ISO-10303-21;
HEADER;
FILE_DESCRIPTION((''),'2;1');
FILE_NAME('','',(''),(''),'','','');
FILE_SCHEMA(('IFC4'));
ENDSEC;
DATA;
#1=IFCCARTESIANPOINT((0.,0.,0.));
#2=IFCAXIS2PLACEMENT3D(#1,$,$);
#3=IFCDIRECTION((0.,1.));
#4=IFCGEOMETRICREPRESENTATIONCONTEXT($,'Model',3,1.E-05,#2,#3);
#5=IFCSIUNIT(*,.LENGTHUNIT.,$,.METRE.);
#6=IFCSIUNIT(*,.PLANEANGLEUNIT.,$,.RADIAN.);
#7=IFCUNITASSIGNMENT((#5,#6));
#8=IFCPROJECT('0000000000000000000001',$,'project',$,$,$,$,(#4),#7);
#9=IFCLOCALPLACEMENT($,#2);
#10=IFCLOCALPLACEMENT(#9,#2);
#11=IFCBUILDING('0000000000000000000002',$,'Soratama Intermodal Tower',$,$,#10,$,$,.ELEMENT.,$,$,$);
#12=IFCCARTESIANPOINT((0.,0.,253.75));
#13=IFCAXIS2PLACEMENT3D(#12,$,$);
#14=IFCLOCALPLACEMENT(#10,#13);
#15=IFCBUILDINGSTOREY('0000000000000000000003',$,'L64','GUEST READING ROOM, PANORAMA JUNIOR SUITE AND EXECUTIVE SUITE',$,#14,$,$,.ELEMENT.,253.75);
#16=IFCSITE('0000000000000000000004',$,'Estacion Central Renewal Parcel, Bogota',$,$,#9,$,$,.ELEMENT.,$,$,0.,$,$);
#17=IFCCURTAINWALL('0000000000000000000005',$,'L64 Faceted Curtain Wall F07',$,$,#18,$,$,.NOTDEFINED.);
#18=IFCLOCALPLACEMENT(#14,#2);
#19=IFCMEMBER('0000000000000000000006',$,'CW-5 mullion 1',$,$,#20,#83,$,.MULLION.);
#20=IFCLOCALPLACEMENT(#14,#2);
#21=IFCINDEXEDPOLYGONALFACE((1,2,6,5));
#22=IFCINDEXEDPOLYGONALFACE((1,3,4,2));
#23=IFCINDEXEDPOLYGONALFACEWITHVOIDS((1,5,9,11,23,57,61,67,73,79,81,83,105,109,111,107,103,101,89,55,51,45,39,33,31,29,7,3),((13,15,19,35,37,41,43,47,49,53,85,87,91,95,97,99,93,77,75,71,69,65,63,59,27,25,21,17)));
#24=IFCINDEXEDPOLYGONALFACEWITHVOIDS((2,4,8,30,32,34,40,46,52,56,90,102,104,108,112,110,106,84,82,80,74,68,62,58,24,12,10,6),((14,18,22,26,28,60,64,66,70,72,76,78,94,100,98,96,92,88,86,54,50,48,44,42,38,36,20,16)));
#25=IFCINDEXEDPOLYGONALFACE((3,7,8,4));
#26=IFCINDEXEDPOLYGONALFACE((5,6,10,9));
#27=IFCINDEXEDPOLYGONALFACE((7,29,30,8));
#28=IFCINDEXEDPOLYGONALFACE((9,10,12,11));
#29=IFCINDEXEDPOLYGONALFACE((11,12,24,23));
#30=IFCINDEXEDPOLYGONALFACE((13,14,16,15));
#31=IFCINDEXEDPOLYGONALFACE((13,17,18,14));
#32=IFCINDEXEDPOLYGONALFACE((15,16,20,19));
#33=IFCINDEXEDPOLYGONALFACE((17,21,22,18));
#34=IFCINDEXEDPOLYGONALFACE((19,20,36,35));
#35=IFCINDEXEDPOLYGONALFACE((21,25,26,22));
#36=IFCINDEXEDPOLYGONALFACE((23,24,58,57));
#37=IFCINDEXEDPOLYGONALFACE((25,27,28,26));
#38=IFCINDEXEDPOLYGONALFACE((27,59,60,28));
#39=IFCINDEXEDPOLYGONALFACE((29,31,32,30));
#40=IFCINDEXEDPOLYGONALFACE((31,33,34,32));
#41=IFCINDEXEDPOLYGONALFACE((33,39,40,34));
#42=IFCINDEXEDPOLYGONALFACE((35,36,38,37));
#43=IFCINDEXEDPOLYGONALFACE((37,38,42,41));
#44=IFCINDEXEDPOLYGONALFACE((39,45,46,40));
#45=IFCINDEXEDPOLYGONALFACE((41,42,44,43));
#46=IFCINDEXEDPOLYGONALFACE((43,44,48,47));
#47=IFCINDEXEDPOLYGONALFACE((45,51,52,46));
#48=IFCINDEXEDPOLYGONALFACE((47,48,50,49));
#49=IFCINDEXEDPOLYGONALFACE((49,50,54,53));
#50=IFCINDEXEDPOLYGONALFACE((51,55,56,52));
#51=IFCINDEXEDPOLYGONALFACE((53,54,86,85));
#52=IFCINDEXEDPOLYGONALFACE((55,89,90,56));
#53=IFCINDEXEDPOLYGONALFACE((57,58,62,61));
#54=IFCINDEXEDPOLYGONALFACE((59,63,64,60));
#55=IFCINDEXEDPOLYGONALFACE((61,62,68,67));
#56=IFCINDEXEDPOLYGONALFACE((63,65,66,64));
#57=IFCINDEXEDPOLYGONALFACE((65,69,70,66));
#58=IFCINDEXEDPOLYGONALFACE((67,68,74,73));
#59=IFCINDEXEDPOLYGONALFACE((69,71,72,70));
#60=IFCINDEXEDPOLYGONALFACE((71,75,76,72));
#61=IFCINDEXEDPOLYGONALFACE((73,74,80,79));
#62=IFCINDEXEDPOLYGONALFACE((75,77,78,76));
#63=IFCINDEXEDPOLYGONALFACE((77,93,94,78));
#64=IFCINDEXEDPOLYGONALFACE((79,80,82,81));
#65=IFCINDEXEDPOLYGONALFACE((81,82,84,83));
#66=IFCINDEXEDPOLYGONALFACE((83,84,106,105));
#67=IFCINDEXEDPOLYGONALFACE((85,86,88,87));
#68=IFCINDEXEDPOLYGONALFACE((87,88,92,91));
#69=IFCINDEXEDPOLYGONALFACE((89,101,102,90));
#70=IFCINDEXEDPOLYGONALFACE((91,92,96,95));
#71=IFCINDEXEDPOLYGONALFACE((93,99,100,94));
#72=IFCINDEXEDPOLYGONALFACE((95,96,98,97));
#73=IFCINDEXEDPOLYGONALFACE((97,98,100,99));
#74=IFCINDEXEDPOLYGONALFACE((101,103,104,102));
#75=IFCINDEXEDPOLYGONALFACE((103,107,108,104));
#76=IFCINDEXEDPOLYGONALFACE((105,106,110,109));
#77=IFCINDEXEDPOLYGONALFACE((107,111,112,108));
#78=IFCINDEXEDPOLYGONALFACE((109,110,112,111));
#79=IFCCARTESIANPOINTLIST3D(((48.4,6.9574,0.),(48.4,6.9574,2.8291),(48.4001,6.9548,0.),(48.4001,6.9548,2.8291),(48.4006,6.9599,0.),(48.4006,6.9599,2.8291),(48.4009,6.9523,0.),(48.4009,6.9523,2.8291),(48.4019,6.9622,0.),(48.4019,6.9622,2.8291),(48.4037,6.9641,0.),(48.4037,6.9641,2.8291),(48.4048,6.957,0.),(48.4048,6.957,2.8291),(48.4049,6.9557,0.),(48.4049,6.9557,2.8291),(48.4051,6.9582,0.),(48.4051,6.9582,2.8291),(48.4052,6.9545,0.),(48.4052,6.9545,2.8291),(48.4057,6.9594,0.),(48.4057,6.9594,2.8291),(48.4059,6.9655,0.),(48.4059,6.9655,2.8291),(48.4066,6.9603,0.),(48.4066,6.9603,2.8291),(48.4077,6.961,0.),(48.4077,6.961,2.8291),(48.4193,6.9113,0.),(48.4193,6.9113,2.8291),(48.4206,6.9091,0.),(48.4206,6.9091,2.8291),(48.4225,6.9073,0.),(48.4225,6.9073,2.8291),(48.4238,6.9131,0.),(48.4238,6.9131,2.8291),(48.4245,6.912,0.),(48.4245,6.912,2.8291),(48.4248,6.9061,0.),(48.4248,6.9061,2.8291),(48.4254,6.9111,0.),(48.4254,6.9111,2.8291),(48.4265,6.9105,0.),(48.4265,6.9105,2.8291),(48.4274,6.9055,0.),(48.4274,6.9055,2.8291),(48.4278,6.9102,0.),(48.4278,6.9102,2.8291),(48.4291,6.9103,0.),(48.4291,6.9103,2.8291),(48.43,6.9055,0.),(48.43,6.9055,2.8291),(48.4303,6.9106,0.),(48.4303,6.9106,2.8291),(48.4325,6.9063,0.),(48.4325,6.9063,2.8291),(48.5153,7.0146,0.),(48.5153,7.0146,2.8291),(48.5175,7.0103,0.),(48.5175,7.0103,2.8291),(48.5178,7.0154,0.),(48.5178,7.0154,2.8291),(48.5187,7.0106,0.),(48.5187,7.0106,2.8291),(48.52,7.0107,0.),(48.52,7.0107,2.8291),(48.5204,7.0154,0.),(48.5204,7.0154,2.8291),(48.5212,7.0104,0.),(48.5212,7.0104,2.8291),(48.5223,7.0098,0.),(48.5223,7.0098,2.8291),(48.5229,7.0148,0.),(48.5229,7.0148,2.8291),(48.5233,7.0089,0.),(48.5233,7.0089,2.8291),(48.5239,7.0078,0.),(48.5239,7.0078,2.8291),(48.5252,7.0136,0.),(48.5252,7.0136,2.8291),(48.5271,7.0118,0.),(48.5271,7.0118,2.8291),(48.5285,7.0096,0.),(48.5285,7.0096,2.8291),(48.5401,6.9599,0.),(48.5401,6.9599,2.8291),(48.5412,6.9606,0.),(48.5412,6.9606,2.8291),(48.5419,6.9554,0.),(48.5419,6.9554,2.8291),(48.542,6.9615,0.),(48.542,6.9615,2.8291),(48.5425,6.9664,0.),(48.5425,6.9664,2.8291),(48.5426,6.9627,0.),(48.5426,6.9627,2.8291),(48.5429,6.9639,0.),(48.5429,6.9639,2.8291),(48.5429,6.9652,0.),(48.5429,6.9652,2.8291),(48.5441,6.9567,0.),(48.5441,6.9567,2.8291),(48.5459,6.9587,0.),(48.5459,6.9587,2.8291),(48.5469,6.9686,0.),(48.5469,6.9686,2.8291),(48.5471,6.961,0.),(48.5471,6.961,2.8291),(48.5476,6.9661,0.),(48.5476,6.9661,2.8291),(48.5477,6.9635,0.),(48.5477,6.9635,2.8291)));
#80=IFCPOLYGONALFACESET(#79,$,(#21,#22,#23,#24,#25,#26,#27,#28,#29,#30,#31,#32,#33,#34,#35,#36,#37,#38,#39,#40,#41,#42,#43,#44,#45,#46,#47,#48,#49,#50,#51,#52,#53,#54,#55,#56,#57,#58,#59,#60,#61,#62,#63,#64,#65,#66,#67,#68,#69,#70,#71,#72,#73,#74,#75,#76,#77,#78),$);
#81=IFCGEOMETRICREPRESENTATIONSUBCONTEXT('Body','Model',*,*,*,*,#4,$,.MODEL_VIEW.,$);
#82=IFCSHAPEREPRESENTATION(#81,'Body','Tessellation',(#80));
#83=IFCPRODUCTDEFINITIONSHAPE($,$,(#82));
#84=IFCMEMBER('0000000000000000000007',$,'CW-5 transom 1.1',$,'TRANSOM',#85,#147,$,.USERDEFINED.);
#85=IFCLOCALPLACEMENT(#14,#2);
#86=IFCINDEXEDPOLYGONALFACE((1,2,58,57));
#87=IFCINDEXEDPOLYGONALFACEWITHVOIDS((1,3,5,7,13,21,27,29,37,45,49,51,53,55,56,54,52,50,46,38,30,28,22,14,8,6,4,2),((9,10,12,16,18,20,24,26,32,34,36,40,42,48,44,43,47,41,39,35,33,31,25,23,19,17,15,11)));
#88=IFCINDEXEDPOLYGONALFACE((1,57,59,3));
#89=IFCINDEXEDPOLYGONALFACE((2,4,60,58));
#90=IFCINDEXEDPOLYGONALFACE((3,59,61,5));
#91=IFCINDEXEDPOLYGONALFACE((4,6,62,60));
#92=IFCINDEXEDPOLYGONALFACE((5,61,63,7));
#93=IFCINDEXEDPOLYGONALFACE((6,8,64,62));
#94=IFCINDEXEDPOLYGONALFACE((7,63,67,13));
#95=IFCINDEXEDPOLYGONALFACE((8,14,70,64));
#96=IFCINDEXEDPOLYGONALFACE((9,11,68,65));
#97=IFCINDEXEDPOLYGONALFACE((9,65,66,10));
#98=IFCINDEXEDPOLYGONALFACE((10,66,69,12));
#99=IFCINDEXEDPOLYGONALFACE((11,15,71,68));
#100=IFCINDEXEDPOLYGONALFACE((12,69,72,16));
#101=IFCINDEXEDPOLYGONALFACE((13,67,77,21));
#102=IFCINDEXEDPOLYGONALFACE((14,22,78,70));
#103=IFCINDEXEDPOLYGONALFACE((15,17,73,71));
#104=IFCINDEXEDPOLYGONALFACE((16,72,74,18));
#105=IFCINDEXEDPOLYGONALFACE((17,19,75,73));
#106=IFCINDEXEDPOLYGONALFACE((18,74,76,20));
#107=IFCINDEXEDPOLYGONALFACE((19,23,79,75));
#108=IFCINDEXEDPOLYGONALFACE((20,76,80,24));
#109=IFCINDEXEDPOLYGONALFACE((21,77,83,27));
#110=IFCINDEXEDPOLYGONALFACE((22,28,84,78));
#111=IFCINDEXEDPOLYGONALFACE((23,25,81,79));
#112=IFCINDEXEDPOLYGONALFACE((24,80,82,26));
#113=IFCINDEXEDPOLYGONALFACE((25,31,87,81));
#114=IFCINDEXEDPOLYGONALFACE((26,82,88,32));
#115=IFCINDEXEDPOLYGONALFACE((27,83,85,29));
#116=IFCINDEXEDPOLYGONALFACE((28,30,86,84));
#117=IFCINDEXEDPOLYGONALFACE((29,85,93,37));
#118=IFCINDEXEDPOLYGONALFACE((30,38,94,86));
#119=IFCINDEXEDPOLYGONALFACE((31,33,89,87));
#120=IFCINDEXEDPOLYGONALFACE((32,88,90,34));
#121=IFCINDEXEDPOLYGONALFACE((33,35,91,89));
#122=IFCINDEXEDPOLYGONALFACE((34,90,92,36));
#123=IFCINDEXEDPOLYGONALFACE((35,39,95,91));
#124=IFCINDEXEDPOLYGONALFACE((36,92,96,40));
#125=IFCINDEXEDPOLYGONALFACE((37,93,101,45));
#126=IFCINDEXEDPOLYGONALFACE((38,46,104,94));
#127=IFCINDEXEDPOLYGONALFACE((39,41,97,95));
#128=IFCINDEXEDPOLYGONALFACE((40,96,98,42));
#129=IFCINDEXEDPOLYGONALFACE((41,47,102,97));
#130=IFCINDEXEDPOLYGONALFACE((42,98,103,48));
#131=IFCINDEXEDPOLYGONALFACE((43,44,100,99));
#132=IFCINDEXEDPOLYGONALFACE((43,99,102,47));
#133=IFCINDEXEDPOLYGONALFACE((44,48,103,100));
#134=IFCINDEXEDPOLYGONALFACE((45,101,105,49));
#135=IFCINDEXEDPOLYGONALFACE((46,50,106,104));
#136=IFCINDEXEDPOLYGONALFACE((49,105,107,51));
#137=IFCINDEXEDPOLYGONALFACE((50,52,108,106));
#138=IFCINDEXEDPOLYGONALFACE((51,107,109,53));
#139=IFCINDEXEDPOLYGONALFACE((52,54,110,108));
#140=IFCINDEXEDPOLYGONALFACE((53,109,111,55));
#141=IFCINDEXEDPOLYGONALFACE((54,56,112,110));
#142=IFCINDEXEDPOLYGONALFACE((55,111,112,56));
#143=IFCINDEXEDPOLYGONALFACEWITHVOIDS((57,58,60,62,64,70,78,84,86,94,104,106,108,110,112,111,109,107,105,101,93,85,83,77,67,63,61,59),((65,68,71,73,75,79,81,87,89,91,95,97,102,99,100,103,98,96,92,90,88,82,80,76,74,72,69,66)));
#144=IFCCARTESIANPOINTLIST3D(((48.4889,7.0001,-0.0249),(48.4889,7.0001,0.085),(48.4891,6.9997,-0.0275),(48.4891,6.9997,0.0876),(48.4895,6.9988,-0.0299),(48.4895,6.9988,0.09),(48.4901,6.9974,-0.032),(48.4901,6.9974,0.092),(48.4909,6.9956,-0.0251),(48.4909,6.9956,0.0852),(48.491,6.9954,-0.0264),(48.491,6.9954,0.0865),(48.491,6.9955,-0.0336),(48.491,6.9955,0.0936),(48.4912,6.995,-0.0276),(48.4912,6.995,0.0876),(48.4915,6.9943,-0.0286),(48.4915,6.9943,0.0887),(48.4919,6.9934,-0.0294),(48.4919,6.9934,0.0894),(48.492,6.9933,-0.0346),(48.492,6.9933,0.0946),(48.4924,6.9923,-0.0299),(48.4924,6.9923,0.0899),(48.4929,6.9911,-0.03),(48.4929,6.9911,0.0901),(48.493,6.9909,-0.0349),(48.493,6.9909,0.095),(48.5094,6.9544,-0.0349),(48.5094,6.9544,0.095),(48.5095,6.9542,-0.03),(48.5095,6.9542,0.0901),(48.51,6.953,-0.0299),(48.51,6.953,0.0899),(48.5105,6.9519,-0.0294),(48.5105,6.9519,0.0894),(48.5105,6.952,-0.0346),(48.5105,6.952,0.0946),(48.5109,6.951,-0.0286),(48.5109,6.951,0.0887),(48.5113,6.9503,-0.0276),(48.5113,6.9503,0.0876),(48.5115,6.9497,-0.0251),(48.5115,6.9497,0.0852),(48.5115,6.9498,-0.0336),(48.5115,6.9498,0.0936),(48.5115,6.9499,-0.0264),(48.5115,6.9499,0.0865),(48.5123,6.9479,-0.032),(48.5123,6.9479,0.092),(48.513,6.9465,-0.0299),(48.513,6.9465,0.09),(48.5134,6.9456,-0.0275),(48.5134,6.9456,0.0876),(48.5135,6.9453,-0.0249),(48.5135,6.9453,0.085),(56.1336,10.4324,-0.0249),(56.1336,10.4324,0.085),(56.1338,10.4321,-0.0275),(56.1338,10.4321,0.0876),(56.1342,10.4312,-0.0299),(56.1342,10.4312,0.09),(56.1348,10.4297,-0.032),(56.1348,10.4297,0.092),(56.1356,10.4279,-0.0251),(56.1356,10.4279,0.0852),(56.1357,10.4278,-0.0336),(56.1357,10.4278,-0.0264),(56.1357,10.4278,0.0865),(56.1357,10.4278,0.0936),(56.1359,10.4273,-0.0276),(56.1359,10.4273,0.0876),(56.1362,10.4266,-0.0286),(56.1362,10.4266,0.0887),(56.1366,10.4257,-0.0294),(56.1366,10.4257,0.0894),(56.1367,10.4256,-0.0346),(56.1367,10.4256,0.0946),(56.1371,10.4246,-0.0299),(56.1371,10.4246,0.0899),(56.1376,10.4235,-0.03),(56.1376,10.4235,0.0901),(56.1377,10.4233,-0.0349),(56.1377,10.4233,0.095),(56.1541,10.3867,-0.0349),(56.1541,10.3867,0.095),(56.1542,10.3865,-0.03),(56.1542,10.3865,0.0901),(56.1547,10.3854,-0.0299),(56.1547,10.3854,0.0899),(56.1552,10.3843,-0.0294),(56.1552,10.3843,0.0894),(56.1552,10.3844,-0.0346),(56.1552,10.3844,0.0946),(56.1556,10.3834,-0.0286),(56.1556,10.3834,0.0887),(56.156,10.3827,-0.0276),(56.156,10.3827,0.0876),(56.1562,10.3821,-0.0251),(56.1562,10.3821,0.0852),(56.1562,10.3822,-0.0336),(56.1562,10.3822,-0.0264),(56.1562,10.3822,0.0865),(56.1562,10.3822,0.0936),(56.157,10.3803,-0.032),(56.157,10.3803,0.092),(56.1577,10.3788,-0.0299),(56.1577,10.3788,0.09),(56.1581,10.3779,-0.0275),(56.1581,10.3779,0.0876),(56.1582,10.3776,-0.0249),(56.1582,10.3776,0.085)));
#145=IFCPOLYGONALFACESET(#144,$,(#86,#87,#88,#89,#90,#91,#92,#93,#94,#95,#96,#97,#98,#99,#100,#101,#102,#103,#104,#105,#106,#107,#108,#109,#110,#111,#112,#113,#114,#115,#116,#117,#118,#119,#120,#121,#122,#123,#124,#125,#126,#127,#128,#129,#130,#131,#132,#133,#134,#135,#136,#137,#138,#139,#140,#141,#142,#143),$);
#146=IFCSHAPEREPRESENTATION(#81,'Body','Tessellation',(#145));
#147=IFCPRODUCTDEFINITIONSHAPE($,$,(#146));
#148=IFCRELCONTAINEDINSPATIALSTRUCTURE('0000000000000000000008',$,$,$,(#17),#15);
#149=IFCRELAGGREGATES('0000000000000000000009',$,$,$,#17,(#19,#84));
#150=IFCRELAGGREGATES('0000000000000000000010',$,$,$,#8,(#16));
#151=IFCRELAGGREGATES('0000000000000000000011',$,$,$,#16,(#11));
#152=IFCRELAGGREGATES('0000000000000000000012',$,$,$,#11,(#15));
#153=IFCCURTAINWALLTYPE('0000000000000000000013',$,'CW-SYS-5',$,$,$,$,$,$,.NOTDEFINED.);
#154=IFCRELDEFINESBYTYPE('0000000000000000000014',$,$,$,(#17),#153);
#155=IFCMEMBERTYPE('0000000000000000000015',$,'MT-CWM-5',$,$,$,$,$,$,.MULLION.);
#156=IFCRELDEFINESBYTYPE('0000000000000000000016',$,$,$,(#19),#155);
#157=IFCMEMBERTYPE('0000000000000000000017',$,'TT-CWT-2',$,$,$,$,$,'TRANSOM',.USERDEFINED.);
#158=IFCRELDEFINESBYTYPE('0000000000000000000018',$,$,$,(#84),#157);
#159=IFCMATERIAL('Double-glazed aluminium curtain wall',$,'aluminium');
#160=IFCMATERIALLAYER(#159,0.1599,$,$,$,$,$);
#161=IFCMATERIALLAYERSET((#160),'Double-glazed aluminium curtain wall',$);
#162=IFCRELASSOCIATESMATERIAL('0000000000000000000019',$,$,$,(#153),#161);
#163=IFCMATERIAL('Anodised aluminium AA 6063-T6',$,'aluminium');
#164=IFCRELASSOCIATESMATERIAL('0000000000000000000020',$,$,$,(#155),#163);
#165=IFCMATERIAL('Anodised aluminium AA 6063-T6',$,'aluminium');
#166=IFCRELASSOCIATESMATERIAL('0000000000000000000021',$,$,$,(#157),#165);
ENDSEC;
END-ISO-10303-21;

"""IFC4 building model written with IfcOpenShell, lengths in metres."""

from ifc_helpers import new_model, si_unit, direction, frame, origin, origin_2d, place, context, subcontext, project, spatial, hollow_rectangle, extrude, material, layer, layer_set, material_profile, profile_set, type_object, element, aggregate, save


model = new_model("IFC4")

# Units and contexts
model_context = context("Model", 3, precision=1e-05, world=origin(), true_north=direction((0.0, 1.0)))
body_context = subcontext(model_context, "Body", "Model", "MODEL_VIEW")
ifc_project = project(units=[si_unit("LENGTHUNIT", "METRE"), si_unit("PLANEANGLEUNIT", "RADIAN")], contexts=[model_context])

# Site, building, storey
site_placement = place(None, origin())
site = spatial("IfcSite", under=ifc_project, at=site_placement, Name="Estacion Central Renewal Parcel, Bogota", CompositionType="ELEMENT", RefElevation=0.0)
building_placement = place(site_placement, origin())
building = spatial("IfcBuilding", under=site, at=building_placement, Name="Soratama Intermodal Tower", CompositionType="ELEMENT")
storey_placement = place(building_placement, frame((0.0, 0.0, 253.75)))
storey = spatial("IfcBuildingStorey", under=building, at=storey_placement, Name="L64", Description="GUEST READING ROOM, PANORAMA JUNIOR SUITE AND EXECUTIVE SUITE", CompositionType="ELEMENT", Elevation=253.75)

# Curtain wall, members
ifc_material_1 = material(Name="Double-glazed aluminium curtain wall", Category="aluminium")
ifc_layer_1 = layer(ifc_material_1, 0.1599)
ifc_layer_set_1 = layer_set([ifc_layer_1], Name="Double-glazed aluminium curtain wall")
curtain_wall_type = type_object("IfcCurtainWallType", Name="CW-SYS-5", PredefinedType="NOTDEFINED", material=ifc_layer_set_1)
curtain_wall_placement = place(storey_placement, origin())
curtain_wall = element("IfcCurtainWall", 1, at=curtain_wall_placement, inside=storey, type_object=curtain_wall_type, Name="L64 Faceted Curtain Wall F07", PredefinedType="NOTDEFINED")
ifc_material_2 = material(Name="Anodised aluminium AA 6063-T6", Category="aluminium")
ifc_material_profile_1 = material_profile(ifc_material_2, hollow_rectangle(XDim=0.0649, YDim=0.1399, WallThickness=0.0049, InnerFilletRadius=0.0049, OuterFilletRadius=0.01, at=origin_2d()), Name="CWM140X65X5")
ifc_profile_set_1 = profile_set([ifc_material_profile_1], Name="Anodised aluminium AA 6063-T6")
member_type_1 = type_object("IfcMemberType", Name="MT-CWM-5", PredefinedType="MULLION", material=ifc_profile_set_1)
member_1_placement = place(storey_placement, frame((48.4739, 6.9604, 0.0), z_axis=(0.0, 0.0, 1.0), x_axis=(-0.409597, 0.912267, 0.0)))
member_1 = element("IfcMember", 2, at=member_1_placement, type_object=member_type_1, Name="CW-5 mullion 1", PredefinedType="MULLION", context=body_context, shape_type="SweptSolid", body=[
    extrude(hollow_rectangle(XDim=0.0649, YDim=0.1399, WallThickness=0.0049, InnerFilletRadius=0.0049, OuterFilletRadius=0.01, at=origin_2d()), origin(), (0.0, 0.0, 1.0), 2.8291),
])
ifc_material_3 = material(Name="Anodised aluminium AA 6063-T6", Category="aluminium")
ifc_material_profile_2 = material_profile(ifc_material_3, hollow_rectangle(XDim=0.0601, YDim=0.1299, WallThickness=0.0049, InnerFilletRadius=0.0049, OuterFilletRadius=0.01, at=origin_2d()), Name="CWT130X60X5")
ifc_profile_set_2 = profile_set([ifc_material_profile_2], Name="Anodised aluminium AA 6063-T6")
member_type_2 = type_object("IfcMemberType", Name="TT-CWT-2", ElementType="TRANSOM", PredefinedType="USERDEFINED", material=ifc_profile_set_2)
member_2_placement = place(storey_placement, frame((48.5012, 6.9727, 0.03), z_axis=(0.912268, 0.409593, 0.0), x_axis=(-0.409593, 0.912268, 0.0)))
member_2 = element("IfcMember", 3, at=member_2_placement, type_object=member_type_2, Name="CW-5 transom 1.1", ObjectType="TRANSOM", PredefinedType="USERDEFINED", context=body_context, shape_type="SweptSolid", body=[
    extrude(hollow_rectangle(XDim=0.0601, YDim=0.1299, WallThickness=0.0049, InnerFilletRadius=0.0049, OuterFilletRadius=0.01, at=origin_2d()), origin(), (0.0, 0.0, 1.0), 8.3799),
])
aggregate(curtain_wall, [member_1, member_2])

save(model, "model.ifc")
